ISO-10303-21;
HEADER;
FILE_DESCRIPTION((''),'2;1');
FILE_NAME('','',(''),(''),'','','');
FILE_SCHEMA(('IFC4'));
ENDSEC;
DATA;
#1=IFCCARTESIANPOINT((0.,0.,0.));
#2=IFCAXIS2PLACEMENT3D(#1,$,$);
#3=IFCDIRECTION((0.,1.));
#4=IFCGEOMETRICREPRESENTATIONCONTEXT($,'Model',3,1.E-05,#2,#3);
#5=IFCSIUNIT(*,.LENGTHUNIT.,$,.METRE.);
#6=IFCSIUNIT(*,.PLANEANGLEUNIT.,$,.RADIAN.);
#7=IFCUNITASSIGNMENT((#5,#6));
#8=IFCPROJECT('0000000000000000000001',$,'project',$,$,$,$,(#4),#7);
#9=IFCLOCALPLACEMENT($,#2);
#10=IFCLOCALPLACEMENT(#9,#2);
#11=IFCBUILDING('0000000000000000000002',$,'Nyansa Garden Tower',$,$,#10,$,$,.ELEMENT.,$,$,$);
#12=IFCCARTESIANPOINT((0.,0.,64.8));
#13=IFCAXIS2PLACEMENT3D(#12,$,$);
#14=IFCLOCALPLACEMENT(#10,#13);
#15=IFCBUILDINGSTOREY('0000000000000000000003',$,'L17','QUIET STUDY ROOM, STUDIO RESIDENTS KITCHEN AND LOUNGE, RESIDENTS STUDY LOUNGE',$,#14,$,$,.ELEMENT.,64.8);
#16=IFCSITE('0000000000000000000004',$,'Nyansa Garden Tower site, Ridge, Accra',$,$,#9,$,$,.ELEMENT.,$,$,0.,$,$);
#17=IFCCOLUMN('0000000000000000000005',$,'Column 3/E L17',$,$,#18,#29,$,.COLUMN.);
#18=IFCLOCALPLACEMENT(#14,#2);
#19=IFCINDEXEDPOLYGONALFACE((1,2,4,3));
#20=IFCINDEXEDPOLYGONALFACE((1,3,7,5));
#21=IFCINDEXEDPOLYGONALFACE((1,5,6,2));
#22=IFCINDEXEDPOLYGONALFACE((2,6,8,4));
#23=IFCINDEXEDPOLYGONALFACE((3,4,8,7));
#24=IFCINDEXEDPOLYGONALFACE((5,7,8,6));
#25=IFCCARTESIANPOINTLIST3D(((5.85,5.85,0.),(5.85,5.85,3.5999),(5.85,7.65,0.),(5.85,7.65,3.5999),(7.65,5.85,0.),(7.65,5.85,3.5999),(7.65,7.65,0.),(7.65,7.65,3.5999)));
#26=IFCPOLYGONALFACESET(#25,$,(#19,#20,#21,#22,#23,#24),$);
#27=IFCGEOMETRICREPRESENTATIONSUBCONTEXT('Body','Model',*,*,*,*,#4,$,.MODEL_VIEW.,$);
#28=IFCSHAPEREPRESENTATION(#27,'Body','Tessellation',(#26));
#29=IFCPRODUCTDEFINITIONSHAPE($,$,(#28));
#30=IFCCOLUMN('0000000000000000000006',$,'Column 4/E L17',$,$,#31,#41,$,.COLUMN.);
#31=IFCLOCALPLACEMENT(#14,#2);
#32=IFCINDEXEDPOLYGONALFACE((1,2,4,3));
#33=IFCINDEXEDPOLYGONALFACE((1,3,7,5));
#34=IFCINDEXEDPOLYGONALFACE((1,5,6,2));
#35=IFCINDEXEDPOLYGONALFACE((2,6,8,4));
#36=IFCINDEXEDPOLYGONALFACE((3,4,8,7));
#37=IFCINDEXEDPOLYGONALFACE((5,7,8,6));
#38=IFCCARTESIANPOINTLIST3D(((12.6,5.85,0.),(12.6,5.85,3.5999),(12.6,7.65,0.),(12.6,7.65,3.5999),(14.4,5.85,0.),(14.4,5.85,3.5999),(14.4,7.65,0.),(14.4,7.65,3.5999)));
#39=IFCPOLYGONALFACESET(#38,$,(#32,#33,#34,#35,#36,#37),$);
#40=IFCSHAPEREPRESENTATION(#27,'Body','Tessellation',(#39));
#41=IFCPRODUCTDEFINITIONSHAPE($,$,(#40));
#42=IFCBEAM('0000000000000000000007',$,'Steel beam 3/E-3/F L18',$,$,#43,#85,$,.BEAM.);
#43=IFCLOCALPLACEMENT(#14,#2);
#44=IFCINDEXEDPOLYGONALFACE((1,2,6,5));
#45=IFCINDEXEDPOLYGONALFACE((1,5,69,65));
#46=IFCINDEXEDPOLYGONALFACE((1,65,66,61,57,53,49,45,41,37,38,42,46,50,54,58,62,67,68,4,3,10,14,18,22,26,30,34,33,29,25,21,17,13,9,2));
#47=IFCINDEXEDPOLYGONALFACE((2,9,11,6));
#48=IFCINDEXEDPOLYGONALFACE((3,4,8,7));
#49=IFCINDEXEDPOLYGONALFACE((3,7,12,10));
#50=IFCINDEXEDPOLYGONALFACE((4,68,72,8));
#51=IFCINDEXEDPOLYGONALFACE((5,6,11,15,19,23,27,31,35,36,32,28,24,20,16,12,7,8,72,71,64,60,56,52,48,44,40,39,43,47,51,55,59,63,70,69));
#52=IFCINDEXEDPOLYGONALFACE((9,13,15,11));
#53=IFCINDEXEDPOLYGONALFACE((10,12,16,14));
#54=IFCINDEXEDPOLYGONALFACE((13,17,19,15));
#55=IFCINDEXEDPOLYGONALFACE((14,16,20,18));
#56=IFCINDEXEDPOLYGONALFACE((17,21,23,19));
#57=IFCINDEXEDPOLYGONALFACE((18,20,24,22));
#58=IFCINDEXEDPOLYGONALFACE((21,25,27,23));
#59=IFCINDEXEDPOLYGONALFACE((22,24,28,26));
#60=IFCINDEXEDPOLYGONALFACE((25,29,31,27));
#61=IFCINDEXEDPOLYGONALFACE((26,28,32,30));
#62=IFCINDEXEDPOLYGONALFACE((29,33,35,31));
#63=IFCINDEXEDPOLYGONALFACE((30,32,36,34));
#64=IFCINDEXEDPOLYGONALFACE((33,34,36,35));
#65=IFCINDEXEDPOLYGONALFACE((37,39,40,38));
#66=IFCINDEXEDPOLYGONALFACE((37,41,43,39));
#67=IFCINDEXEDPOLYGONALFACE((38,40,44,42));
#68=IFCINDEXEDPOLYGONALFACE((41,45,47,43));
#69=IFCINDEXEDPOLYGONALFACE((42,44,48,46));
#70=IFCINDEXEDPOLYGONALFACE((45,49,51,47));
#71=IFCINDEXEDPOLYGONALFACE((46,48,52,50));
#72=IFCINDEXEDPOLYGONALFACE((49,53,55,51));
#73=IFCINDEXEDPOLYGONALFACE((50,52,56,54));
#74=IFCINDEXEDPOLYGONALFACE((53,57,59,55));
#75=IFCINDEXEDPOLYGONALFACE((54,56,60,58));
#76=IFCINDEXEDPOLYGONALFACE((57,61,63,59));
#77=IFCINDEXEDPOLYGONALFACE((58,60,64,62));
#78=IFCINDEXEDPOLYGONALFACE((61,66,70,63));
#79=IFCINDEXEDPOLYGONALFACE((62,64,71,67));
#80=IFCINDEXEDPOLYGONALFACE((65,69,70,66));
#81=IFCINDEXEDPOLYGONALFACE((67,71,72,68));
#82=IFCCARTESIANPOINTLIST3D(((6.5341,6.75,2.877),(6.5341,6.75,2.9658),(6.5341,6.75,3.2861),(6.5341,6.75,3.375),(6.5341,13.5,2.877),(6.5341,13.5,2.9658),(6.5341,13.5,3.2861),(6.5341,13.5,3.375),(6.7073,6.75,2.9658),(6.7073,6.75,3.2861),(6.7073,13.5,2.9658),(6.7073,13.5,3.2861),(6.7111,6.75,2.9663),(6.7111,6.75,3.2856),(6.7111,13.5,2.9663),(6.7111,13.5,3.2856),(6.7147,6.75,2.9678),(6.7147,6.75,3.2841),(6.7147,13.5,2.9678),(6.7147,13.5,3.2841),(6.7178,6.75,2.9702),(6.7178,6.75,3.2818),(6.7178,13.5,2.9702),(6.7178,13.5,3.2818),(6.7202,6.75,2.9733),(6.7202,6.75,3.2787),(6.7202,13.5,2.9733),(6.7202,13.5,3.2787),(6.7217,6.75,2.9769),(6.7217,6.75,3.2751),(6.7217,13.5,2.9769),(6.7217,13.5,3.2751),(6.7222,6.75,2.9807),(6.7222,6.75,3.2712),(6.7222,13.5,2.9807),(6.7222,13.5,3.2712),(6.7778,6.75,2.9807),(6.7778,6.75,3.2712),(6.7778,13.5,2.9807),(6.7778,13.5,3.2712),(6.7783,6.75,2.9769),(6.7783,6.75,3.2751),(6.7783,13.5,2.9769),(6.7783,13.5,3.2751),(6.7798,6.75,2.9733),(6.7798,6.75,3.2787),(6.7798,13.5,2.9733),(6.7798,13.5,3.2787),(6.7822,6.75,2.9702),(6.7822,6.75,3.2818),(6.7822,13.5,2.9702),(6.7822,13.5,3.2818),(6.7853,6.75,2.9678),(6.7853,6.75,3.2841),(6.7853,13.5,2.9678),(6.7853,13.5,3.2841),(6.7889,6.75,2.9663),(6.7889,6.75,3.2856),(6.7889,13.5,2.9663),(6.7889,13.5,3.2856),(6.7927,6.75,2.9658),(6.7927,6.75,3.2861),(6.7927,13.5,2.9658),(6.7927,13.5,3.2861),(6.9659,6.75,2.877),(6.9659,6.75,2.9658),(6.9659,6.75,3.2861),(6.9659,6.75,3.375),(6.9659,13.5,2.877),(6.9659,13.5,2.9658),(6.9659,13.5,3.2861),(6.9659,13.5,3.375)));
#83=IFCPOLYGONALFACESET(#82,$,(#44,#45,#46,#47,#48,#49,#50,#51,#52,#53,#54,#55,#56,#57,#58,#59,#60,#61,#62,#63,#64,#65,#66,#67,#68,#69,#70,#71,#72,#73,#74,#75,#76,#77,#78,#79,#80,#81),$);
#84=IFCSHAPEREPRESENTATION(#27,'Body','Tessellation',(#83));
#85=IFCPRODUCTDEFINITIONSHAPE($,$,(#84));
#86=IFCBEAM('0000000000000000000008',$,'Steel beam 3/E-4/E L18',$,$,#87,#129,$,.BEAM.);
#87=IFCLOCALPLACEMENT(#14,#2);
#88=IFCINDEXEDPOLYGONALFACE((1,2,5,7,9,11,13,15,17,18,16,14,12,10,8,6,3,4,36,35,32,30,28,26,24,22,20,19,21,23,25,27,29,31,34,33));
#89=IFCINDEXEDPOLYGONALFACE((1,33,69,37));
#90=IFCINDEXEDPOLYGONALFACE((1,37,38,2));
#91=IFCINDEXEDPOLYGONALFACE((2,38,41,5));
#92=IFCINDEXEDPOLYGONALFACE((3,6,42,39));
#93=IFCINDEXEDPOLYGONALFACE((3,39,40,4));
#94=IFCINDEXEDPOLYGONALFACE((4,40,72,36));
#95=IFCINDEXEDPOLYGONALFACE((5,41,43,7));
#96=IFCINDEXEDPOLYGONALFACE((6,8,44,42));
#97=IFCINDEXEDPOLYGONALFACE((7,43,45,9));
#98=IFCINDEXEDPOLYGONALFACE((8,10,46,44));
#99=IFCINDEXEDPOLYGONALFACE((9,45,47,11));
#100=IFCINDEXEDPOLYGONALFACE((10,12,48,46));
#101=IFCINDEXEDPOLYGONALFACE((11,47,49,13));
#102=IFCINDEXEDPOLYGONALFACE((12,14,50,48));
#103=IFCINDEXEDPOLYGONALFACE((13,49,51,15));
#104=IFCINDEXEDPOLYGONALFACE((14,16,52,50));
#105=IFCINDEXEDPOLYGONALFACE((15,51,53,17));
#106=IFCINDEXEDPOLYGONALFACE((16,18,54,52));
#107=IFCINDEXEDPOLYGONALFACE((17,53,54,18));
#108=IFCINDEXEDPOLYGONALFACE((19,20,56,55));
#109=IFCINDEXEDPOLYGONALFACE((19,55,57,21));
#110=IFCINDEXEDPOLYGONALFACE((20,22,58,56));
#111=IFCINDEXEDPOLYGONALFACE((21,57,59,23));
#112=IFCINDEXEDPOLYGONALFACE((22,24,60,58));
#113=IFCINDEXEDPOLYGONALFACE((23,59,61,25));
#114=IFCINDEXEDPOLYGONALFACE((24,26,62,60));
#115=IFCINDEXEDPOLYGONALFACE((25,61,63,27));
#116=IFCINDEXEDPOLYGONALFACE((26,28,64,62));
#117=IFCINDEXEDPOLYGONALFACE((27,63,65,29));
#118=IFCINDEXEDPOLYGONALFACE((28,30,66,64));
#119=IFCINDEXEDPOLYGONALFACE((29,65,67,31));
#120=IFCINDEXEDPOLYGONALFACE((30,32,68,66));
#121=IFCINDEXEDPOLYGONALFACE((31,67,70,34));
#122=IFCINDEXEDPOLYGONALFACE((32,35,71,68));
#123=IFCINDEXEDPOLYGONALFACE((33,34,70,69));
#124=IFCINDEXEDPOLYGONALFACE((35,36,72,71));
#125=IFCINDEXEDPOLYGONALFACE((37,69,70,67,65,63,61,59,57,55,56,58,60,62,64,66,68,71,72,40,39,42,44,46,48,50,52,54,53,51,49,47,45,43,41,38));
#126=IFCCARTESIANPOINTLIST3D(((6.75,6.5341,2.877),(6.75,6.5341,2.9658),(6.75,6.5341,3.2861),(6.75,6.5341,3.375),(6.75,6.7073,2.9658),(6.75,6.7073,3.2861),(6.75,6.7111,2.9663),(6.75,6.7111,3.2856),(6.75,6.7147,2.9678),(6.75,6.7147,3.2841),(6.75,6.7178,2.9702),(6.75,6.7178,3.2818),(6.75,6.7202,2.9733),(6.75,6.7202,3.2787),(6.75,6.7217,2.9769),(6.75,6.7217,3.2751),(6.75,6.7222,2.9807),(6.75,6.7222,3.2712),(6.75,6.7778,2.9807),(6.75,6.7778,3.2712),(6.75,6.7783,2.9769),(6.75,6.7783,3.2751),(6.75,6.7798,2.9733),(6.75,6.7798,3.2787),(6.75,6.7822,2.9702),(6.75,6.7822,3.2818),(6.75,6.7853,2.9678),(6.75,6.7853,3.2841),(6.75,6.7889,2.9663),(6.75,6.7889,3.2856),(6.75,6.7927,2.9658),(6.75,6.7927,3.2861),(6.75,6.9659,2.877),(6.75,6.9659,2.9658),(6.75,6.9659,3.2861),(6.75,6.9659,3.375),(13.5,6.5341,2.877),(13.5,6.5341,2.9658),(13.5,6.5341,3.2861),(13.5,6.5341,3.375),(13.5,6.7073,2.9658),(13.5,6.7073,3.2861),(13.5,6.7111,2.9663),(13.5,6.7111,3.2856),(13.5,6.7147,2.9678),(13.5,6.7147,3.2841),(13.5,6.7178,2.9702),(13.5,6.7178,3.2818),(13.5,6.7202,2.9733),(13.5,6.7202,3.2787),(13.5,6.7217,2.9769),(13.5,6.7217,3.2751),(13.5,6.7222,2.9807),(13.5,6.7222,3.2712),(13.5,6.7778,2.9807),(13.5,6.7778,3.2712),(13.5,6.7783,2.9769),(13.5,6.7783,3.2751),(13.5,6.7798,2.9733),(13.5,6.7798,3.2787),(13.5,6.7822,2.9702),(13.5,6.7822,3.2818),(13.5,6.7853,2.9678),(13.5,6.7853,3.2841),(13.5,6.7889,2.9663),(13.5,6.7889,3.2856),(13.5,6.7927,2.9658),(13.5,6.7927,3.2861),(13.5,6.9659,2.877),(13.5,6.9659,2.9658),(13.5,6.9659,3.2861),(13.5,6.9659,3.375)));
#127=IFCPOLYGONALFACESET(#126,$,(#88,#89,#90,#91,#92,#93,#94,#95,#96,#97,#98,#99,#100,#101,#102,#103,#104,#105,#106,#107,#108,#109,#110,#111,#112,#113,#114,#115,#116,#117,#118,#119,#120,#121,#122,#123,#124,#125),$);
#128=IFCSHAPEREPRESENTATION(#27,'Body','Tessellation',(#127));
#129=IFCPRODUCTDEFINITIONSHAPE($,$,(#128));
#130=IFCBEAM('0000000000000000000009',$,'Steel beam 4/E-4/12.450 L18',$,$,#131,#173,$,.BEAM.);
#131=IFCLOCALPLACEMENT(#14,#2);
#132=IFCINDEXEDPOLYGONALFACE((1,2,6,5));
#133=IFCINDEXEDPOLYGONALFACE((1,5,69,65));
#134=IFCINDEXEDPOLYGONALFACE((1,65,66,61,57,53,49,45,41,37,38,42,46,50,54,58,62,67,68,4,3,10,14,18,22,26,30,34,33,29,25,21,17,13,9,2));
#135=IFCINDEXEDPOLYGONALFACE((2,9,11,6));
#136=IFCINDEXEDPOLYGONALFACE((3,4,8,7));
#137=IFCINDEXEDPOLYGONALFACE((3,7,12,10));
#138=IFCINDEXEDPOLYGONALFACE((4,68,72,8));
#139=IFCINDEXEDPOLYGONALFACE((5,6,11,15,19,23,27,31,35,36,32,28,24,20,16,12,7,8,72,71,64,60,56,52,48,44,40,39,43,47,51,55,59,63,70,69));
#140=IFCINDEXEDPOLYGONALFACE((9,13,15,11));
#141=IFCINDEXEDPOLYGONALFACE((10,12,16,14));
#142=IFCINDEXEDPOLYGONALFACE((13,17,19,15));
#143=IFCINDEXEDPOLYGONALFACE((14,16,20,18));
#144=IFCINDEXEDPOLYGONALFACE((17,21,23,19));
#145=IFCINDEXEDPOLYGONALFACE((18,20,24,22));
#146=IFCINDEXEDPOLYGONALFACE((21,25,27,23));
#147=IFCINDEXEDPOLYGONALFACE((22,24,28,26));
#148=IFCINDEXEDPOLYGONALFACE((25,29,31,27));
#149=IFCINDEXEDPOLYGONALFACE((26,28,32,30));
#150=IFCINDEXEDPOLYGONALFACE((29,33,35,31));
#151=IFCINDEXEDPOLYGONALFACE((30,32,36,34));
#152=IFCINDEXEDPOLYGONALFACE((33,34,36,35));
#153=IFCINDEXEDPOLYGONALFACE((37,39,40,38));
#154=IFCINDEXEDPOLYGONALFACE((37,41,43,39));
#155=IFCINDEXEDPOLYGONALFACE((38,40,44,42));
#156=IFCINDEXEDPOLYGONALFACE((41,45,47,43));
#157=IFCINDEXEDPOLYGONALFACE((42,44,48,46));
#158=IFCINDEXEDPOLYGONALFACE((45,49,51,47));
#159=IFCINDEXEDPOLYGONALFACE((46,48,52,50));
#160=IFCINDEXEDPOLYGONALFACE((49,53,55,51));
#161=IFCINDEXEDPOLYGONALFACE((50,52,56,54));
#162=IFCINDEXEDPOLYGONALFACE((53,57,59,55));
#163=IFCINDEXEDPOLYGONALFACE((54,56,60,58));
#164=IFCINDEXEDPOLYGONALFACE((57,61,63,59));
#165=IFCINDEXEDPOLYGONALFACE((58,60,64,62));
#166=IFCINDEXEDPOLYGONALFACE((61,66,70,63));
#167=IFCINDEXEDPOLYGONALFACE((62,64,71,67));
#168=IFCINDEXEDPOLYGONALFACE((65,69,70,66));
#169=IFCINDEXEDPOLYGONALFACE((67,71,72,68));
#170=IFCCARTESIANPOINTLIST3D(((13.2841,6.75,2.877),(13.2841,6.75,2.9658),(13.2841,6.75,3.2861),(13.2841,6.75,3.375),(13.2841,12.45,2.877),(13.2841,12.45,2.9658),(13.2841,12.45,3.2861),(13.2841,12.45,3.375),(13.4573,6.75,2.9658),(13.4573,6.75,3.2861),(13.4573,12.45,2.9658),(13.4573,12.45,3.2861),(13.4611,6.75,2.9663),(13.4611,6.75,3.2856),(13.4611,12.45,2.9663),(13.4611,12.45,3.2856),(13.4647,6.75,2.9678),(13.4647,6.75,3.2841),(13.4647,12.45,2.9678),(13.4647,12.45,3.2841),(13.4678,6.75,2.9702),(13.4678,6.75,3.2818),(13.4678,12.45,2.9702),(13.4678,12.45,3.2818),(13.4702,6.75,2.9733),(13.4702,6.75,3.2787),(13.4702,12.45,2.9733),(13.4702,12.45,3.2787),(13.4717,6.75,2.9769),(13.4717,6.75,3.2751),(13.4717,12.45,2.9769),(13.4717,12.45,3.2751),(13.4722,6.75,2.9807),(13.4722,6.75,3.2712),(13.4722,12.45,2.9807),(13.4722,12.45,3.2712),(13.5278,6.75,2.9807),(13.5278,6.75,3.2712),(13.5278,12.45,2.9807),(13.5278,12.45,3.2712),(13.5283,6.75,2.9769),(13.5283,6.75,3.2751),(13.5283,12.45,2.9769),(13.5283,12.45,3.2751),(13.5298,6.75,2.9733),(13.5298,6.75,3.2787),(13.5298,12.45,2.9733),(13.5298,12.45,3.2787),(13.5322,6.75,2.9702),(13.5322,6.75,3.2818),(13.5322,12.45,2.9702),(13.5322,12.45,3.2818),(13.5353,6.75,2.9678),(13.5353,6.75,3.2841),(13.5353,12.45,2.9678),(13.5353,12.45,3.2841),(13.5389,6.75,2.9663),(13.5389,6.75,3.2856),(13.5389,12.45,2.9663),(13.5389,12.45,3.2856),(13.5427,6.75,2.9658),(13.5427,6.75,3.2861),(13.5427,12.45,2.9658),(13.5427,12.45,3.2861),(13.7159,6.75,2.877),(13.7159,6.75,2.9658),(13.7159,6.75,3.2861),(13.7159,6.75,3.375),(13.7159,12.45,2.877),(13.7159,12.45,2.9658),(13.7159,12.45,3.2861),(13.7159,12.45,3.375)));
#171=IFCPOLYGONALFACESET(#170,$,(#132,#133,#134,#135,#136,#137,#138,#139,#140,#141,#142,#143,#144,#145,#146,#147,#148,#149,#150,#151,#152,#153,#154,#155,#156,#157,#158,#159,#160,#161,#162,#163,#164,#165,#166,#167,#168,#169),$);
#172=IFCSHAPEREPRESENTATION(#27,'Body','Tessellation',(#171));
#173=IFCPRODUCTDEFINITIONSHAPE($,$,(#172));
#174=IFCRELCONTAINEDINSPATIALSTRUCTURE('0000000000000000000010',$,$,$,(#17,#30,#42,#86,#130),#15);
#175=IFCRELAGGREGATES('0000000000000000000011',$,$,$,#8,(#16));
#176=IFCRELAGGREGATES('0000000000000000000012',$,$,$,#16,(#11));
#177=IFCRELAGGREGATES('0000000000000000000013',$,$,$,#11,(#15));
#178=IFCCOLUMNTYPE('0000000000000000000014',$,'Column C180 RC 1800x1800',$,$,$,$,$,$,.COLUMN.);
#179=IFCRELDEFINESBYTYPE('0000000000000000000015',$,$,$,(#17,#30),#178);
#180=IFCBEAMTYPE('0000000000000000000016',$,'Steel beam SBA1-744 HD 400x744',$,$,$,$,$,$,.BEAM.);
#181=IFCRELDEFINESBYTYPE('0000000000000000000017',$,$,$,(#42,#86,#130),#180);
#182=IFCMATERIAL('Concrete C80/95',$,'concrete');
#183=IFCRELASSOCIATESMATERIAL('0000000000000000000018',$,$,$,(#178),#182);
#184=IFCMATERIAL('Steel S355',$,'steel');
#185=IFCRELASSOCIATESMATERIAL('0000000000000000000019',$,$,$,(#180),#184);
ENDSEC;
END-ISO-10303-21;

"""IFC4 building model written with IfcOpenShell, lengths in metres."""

from ifc_helpers import new_model, si_unit, direction, frame, origin, origin_2d, place, context, subcontext, project, spatial, rectangle, i_section, extrude, material, material_profile, profile_set, type_object, element, save


model = new_model("IFC4")

# Units and contexts
model_context = context("Model", 3, precision=1e-05, world=origin(), true_north=direction((0.0, 1.0)))
body_context = subcontext(model_context, "Body", "Model", "MODEL_VIEW")
ifc_project = project(units=[si_unit("LENGTHUNIT", "METRE"), si_unit("PLANEANGLEUNIT", "RADIAN")], contexts=[model_context])

# Site, building, storey
site_placement = place(None, origin())
site = spatial("IfcSite", under=ifc_project, at=site_placement, Name="Nyansa Garden Tower site, Ridge, Accra", CompositionType="ELEMENT", RefElevation=0.0)
building_placement = place(site_placement, origin())
building = spatial("IfcBuilding", under=site, at=building_placement, Name="Nyansa Garden Tower", CompositionType="ELEMENT")
storey_placement = place(building_placement, frame((0.0, 0.0, 64.8)))
storey = spatial("IfcBuildingStorey", under=building, at=storey_placement, Name="L17", Description="QUIET STUDY ROOM, STUDIO RESIDENTS KITCHEN AND LOUNGE, RESIDENTS STUDY LOUNGE", CompositionType="ELEMENT", Elevation=64.8)

# Columns
ifc_material_1 = material(Name="Concrete C80/95", Category="concrete")
ifc_material_profile_1 = material_profile(ifc_material_1, rectangle(XDim=1.8, YDim=1.8, at=origin_2d()), Name="RC 1800x1800")
ifc_profile_set_1 = profile_set([ifc_material_profile_1], Name="Concrete C80/95")
column_type = type_object("IfcColumnType", Name="Column C180 RC 1800x1800", PredefinedType="COLUMN", material=ifc_profile_set_1)
for number, where, z_axis, x_axis, name in (
    (1, (6.75, 6.75, 0.0), (0.0, 0.0, 1.0), (1.0, 0.0, 0.0), "Column 3/E L17"),
    (2, (13.5, 6.75, 0.0), (0.0, 0.0, 1.0), (1.0, 0.0, 0.0), "Column 4/E L17"),
):
    element("IfcColumn", number, at=place(storey_placement, frame(where, z_axis=z_axis, x_axis=x_axis)), inside=storey, type_object=column_type, Name=name, PredefinedType="COLUMN", context=body_context, shape_type="SweptSolid", body=[
        extrude(rectangle(XDim=1.8, YDim=1.8, at=origin_2d()), origin(), (0.0, 0.0, 1.0), 3.5999),
    ])

# Beams
ifc_material_2 = material(Name="Steel S355", Category="steel")
ifc_material_profile_2 = material_profile(ifc_material_2, i_section(OverallWidth=0.4319, OverallDepth=0.498, WebThickness=0.0557, FlangeThickness=0.0889, FilletRadius=0.0149, at=origin_2d()), Name="HD 400x744")
ifc_profile_set_2 = profile_set([ifc_material_profile_2], Name="Steel S355")
beam_type = type_object("IfcBeamType", Name="Steel beam SBA1-744 HD 400x744", PredefinedType="BEAM", material=ifc_profile_set_2)
for number, where, z_axis, x_axis, name in (
    (3, (6.75, 6.75, 3.126), (0.0, 1.0, 0.0), (-1.0, 0.0, 0.0), "Steel beam 3/E-3/F L18"),
    (4, (6.75, 6.75, 3.126), (1.0, 0.0, 0.0), (0.0, 1.0, 0.0), "Steel beam 3/E-4/E L18"),
):
    element("IfcBeam", number, at=place(storey_placement, frame(where, z_axis=z_axis, x_axis=x_axis)), inside=storey, type_object=beam_type, Name=name, PredefinedType="BEAM", context=body_context, shape_type="SweptSolid", body=[
        extrude(i_section(OverallWidth=0.4319, OverallDepth=0.498, WebThickness=0.0557, FlangeThickness=0.0889, FilletRadius=0.0149, at=origin_2d()), origin(), (0.0, 0.0, 1.0), 6.75),
    ])
beam_1_placement = place(storey_placement, frame((13.5, 6.75, 3.126), z_axis=(0.0, 1.0, 0.0), x_axis=(-1.0, 0.0, 0.0)))
element("IfcBeam", 5, at=beam_1_placement, inside=storey, type_object=beam_type, Name="Steel beam 4/E-4/12.450 L18", PredefinedType="BEAM", context=body_context, shape_type="SweptSolid", body=[
    extrude(i_section(OverallWidth=0.4319, OverallDepth=0.498, WebThickness=0.0557, FlangeThickness=0.0889, FilletRadius=0.0149, at=origin_2d()), origin(), (0.0, 0.0, 1.0), 5.7),
])

save(model, "model.ifc")
